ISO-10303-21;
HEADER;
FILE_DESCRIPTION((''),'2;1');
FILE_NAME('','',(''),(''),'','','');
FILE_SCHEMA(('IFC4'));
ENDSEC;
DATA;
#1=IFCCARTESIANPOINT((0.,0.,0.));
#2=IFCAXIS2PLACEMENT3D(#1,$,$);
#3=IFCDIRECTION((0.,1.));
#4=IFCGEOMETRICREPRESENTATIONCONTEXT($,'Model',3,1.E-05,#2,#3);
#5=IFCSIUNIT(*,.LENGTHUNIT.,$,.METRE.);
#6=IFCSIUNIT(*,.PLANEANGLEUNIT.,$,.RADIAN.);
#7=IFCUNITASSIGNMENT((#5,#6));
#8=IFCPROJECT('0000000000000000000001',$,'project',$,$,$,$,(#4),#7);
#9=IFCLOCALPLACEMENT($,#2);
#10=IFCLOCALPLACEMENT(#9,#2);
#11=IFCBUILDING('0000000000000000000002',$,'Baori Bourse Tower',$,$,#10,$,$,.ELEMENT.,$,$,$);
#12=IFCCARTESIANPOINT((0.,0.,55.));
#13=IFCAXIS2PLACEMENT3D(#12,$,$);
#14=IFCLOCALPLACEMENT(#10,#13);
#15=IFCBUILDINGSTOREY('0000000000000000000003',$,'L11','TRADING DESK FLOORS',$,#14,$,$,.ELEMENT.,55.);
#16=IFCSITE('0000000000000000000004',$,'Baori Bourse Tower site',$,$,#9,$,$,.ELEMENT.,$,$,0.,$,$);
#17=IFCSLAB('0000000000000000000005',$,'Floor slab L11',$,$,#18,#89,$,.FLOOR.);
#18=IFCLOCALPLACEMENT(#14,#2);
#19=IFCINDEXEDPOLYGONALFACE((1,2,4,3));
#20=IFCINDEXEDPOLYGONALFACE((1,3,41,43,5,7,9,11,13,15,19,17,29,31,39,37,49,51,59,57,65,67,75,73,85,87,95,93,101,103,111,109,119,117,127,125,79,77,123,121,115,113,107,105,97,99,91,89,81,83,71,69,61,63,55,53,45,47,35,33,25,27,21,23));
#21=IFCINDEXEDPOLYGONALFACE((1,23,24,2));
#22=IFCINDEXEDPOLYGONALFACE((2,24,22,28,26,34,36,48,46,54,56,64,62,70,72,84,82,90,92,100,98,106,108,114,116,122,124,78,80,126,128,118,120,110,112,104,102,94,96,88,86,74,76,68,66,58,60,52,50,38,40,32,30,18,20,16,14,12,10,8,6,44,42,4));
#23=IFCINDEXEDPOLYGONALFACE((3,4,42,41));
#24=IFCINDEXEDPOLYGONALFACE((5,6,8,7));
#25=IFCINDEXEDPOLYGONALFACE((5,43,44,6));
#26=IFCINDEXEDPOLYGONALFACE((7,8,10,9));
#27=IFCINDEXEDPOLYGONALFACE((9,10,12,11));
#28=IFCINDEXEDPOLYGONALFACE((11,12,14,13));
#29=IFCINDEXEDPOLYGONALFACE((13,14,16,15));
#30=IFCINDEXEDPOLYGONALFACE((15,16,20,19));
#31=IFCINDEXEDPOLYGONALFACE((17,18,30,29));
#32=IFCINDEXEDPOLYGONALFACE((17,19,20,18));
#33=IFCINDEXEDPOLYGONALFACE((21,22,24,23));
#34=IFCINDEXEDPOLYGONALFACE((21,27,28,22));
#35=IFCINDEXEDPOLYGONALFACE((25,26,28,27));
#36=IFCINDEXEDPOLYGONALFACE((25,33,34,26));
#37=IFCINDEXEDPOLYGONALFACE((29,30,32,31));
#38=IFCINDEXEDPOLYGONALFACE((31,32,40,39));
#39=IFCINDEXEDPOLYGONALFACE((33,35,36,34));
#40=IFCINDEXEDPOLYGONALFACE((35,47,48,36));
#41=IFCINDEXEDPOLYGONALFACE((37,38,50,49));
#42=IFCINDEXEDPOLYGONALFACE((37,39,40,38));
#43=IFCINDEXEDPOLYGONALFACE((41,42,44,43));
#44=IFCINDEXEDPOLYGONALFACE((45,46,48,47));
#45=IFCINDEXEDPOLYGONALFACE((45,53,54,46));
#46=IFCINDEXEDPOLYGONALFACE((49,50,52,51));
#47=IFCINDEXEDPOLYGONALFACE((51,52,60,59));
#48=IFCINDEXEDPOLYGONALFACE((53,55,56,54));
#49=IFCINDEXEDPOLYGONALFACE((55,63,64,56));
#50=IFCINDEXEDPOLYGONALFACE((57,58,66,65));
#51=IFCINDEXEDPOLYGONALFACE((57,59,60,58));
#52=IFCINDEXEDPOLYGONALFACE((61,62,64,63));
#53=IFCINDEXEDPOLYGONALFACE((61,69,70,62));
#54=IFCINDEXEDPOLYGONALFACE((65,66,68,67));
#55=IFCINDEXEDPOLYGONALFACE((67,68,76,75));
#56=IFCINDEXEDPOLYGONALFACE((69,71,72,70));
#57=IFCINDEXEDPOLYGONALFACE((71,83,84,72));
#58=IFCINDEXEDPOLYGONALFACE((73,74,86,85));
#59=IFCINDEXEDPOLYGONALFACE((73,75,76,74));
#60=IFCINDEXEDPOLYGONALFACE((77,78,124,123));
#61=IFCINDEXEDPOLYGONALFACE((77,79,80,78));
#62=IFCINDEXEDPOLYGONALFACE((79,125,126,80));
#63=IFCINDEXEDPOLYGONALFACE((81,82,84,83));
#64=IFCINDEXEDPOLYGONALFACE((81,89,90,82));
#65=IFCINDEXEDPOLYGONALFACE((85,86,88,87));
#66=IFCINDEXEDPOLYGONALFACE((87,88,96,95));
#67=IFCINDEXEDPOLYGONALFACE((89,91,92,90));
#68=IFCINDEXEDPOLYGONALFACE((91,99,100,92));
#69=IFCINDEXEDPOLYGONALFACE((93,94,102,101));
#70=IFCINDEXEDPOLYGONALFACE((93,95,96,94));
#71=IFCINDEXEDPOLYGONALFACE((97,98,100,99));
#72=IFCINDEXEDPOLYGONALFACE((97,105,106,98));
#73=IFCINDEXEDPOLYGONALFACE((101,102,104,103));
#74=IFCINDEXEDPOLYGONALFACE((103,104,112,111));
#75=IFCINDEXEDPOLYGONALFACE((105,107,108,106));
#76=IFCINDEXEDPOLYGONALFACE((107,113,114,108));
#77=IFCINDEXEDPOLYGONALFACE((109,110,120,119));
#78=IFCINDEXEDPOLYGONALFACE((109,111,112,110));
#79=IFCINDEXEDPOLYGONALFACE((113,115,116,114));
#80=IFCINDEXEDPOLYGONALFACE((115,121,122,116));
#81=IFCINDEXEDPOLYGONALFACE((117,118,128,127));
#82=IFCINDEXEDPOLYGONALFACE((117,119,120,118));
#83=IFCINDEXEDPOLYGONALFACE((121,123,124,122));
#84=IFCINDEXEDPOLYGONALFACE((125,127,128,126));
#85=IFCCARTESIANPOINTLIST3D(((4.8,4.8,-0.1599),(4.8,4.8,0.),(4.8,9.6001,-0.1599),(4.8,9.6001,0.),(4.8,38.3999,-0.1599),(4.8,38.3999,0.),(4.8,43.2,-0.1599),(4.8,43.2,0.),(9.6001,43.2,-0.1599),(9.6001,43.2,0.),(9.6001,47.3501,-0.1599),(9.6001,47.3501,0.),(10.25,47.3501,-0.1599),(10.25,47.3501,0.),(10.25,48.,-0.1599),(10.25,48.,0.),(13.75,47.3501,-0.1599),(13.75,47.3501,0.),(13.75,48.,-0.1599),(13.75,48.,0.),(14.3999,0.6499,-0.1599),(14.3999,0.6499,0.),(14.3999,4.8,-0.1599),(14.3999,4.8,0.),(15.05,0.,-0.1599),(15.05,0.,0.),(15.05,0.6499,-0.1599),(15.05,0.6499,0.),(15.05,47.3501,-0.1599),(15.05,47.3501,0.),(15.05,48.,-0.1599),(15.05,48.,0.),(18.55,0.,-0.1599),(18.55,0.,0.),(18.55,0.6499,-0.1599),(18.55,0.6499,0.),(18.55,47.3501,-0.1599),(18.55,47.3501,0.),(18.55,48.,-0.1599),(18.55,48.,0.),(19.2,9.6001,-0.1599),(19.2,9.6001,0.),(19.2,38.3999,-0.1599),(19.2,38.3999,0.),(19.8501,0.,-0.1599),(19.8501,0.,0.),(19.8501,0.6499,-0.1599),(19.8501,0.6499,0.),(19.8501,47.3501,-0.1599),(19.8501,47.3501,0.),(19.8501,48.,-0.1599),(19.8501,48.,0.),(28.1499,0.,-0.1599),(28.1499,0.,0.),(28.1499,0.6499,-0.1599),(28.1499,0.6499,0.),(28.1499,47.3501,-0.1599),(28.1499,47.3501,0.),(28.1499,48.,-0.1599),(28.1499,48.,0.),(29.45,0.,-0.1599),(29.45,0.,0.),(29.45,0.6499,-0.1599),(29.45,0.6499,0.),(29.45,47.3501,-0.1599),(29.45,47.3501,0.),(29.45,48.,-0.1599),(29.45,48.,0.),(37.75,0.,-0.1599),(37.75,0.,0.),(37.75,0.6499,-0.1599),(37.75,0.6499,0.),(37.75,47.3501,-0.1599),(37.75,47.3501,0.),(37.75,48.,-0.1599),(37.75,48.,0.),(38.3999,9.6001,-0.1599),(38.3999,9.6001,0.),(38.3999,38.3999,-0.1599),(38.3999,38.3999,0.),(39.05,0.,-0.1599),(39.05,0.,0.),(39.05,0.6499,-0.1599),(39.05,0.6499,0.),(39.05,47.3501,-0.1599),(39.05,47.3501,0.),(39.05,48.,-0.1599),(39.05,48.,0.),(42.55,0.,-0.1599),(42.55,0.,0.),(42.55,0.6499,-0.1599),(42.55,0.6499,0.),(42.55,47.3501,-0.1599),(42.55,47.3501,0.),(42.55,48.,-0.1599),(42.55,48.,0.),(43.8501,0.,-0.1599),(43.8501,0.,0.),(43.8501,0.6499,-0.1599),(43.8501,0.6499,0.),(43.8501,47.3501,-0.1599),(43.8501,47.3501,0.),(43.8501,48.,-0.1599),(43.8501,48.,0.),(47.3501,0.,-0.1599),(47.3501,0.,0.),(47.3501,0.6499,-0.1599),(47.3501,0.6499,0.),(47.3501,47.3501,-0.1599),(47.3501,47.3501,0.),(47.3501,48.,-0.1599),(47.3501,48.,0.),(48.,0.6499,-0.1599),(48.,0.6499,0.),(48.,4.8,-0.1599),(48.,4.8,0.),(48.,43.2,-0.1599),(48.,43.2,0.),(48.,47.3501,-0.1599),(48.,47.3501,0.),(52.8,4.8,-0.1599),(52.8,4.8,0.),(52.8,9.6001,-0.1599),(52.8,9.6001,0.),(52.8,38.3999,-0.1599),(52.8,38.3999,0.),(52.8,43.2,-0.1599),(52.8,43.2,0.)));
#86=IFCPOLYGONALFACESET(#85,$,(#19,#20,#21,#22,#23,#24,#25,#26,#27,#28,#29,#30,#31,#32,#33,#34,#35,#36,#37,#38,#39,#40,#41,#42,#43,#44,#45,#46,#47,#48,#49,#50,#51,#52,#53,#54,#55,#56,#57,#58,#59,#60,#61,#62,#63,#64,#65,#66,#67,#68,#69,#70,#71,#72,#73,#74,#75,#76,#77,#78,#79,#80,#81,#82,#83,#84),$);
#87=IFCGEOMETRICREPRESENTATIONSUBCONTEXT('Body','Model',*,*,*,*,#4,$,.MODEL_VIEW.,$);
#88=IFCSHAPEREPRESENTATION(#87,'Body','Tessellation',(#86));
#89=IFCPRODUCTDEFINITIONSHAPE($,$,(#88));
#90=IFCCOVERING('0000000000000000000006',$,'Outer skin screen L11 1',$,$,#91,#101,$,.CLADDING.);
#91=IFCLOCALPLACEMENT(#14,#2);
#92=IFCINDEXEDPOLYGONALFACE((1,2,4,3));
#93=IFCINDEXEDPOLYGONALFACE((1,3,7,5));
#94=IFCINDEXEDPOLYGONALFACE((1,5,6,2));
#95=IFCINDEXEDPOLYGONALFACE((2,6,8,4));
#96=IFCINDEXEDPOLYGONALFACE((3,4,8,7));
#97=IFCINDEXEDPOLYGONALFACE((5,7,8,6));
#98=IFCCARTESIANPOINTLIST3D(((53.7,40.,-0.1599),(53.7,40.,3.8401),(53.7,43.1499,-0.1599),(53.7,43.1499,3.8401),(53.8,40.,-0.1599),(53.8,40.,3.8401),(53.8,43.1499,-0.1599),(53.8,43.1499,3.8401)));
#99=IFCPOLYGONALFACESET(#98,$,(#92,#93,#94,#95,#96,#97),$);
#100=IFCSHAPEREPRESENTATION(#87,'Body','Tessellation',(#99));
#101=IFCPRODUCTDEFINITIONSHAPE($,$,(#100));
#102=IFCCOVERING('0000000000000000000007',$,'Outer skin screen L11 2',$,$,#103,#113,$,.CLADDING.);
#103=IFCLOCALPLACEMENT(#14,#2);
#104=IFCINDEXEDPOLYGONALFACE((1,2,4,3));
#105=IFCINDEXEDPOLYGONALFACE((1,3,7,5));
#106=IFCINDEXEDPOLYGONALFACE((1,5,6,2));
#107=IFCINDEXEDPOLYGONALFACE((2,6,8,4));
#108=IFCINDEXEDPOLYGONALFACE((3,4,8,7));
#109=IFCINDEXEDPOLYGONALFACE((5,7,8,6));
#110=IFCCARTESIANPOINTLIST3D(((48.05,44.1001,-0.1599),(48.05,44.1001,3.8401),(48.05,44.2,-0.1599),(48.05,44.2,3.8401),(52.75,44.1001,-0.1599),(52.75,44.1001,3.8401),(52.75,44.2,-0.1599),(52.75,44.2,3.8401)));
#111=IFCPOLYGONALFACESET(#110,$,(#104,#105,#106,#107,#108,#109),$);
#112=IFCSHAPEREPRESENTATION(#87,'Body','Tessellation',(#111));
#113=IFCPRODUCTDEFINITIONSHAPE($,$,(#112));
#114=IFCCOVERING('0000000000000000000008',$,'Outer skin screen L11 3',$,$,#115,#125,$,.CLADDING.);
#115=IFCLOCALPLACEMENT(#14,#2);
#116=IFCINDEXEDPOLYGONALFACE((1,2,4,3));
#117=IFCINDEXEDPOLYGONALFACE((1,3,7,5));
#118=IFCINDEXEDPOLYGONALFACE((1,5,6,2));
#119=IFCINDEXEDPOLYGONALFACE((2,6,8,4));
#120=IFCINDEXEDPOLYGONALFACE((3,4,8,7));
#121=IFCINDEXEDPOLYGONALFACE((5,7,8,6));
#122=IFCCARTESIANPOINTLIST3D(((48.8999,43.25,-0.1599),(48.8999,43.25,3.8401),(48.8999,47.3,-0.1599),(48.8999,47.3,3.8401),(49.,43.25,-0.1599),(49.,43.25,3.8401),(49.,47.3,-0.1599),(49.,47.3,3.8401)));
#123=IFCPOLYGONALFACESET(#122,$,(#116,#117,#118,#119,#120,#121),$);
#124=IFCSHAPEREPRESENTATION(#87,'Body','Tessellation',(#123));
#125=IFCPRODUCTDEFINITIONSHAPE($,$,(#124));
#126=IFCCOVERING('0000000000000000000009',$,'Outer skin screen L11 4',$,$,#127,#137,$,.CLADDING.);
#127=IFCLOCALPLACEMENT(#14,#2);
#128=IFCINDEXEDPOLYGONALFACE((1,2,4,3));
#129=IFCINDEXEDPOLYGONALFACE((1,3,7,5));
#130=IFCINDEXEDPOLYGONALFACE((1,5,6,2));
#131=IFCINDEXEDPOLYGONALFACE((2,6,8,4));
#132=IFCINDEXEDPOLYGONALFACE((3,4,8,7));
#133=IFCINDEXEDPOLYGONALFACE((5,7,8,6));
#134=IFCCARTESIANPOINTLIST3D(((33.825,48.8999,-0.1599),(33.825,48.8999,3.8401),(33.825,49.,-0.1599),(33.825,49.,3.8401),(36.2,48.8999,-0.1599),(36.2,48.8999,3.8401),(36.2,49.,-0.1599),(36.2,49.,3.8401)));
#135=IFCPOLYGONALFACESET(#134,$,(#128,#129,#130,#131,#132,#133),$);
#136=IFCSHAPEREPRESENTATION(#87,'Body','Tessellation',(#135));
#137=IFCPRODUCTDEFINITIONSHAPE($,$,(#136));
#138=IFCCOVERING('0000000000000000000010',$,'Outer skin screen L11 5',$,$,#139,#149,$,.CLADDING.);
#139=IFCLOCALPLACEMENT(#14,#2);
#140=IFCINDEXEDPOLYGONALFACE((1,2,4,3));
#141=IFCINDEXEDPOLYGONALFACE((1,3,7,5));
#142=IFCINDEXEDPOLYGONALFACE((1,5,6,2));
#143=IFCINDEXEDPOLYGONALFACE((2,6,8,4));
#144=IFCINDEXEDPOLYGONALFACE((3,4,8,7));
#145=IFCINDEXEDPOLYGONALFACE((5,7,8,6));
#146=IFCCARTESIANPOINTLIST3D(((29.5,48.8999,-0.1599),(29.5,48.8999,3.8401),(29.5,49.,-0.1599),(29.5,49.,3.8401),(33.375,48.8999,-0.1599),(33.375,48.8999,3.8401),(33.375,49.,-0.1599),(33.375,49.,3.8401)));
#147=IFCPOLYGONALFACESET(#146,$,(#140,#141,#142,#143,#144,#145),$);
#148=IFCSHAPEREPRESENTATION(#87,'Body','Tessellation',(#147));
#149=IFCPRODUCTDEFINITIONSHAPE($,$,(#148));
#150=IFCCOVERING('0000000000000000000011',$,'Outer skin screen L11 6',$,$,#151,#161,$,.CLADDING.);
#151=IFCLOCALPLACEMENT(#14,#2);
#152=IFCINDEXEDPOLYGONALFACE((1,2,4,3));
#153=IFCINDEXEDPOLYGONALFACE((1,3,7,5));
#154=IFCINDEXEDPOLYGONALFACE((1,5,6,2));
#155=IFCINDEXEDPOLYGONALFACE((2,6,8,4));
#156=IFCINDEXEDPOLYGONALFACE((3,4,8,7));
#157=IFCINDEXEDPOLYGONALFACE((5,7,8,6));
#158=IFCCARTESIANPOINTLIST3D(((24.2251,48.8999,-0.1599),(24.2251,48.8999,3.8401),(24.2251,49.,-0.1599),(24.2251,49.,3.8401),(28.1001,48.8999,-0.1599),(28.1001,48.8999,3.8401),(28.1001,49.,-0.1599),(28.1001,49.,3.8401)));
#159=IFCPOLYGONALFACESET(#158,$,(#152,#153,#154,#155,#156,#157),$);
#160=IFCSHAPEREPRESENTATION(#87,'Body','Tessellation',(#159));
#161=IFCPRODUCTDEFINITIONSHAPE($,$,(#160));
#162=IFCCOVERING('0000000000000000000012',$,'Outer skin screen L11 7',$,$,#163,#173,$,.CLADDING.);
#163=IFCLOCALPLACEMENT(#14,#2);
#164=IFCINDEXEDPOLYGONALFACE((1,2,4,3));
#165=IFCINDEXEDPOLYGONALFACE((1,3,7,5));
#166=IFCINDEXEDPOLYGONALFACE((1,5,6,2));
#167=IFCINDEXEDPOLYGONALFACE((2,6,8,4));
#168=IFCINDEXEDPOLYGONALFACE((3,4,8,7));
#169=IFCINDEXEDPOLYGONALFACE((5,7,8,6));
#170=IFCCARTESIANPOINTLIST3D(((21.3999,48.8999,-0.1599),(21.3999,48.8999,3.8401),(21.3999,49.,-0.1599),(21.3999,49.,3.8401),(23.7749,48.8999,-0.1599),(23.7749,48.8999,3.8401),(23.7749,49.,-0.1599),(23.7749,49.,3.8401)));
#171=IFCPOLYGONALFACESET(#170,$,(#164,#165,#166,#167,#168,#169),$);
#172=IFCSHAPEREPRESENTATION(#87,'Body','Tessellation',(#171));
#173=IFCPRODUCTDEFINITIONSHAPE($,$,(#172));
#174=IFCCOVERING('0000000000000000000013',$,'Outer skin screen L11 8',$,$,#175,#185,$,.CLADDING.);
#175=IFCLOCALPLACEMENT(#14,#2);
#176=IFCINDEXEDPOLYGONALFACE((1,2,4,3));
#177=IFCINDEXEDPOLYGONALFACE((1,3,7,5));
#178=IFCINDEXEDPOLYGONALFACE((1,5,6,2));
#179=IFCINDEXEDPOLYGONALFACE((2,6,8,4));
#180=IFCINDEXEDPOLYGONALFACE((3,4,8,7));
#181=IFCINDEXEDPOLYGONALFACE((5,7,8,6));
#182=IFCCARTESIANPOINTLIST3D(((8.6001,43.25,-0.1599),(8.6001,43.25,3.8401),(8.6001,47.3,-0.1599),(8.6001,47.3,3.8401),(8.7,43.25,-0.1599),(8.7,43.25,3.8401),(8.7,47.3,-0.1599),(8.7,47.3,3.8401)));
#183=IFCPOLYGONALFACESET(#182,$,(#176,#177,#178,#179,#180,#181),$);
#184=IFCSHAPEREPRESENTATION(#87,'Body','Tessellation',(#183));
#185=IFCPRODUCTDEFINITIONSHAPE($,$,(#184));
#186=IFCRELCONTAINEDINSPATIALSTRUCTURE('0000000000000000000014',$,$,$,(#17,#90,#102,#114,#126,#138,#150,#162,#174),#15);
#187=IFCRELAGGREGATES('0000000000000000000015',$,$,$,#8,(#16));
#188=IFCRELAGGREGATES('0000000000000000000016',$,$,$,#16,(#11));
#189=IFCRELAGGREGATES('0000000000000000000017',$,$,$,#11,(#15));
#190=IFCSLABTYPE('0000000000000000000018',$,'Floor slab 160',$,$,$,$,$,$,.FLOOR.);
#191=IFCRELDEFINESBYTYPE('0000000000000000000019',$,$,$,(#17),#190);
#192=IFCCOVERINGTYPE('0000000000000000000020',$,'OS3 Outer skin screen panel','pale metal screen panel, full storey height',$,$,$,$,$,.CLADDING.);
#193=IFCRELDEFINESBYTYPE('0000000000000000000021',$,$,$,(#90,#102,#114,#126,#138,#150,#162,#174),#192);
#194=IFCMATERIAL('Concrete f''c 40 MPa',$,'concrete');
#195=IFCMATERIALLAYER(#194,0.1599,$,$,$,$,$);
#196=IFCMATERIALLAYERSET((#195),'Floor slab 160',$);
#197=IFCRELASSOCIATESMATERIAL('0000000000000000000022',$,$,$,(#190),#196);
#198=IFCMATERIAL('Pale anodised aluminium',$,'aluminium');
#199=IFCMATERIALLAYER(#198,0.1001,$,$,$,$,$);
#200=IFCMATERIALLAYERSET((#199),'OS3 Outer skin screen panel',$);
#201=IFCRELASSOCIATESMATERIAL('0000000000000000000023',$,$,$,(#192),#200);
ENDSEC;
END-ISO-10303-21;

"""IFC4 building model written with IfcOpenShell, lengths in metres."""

from ifc_helpers import new_model, si_unit, direction, frame, origin, place, context, subcontext, project, spatial, polyline, outline, extrude, material, layer, layer_set, type_object, element, save


model = new_model("IFC4")

# Units and contexts
model_context = context("Model", 3, precision=1e-05, world=origin(), true_north=direction((0.0, 1.0)))
body_context = subcontext(model_context, "Body", "Model", "MODEL_VIEW")
ifc_project = project(units=[si_unit("LENGTHUNIT", "METRE"), si_unit("PLANEANGLEUNIT", "RADIAN")], contexts=[model_context])

# Site, building, storey
site_placement = place(None, origin())
site = spatial("IfcSite", under=ifc_project, at=site_placement, Name="Baori Bourse Tower site", CompositionType="ELEMENT", RefElevation=0.0)
building_placement = place(site_placement, origin())
building = spatial("IfcBuilding", under=site, at=building_placement, Name="Baori Bourse Tower", CompositionType="ELEMENT")
storey_placement = place(building_placement, frame((0.0, 0.0, 55.0)))
storey = spatial("IfcBuildingStorey", under=building, at=storey_placement, Name="L11", Description="TRADING DESK FLOORS", CompositionType="ELEMENT", Elevation=55.0)

# Slab
ifc_material_1 = material(Name="Concrete f'c 40 MPa", Category="concrete")
ifc_layer_1 = layer(ifc_material_1, 0.1599)
ifc_layer_set_1 = layer_set([ifc_layer_1], Name="Floor slab 160")
slab_type_1 = type_object("IfcSlabType", Name="Floor slab 160", PredefinedType="FLOOR", material=ifc_layer_set_1)
slab_1_placement = place(storey_placement, frame((0.0, 0.0, -0.1599)))
element("IfcSlab", 1, at=slab_1_placement, inside=storey, type_object=slab_type_1, Name="Floor slab L11", PredefinedType="FLOOR", context=body_context, shape_type="SweptSolid", body=[
    extrude(outline(polyline([(14.3999, 4.8), (4.8, 4.8), (4.8, 9.6001), (19.2, 9.6001), (19.2, 38.3999), (4.8, 38.3999), (4.8, 43.2), (9.6001, 43.2), (9.6001, 47.3501), (10.25, 47.3501), (10.25, 48.0), (13.75, 48.0), (13.75, 47.3501), (15.05, 47.3501), (15.05, 48.0), (18.55, 48.0), (18.55, 47.3501), (19.8501, 47.3501), (19.8501, 48.0), (28.1499, 48.0), (28.1499, 47.3501), (29.45, 47.3501), (29.45, 48.0), (37.75, 48.0), (37.75, 47.3501), (39.05, 47.3501), (39.05, 48.0), (42.55, 48.0), (42.55, 47.3501), (43.8501, 47.3501), (43.8501, 48.0), (47.3501, 48.0), (47.3501, 47.3501), (48.0, 47.3501), (48.0, 43.2), (52.8, 43.2), (52.8, 38.3999), (38.3999, 38.3999), (38.3999, 9.6001), (52.8, 9.6001), (52.8, 4.8), (48.0, 4.8), (48.0, 0.6499), (47.3501, 0.6499), (47.3501, 0.0), (43.8501, 0.0), (43.8501, 0.6499), (42.55, 0.6499), (42.55, 0.0), (39.05, 0.0), (39.05, 0.6499), (37.75, 0.6499), (37.75, 0.0), (29.45, 0.0), (29.45, 0.6499), (28.1499, 0.6499), (28.1499, 0.0), (19.8501, 0.0), (19.8501, 0.6499), (18.55, 0.6499), (18.55, 0.0), (15.05, 0.0), (15.05, 0.6499), (14.3999, 0.6499), (14.3999, 4.8)])), origin(), (0.0, 0.0, 1.0), 0.1599),
])

# Coverings
ifc_material_2 = material(Name="Pale anodised aluminium", Category="aluminium")
ifc_layer_2 = layer(ifc_material_2, 0.1001)
ifc_layer_set_2 = layer_set([ifc_layer_2], Name="OS3 Outer skin screen panel")
covering_type = type_object("IfcCoveringType", Name="OS3 Outer skin screen panel", Description="pale metal screen panel, full storey height", PredefinedType="CLADDING", material=ifc_layer_set_2)
covering_1_placement = place(storey_placement, frame((0.0, 0.0, -0.1599)))
element("IfcCovering", 2, at=covering_1_placement, inside=storey, type_object=covering_type, Name="Outer skin screen L11 1", PredefinedType="CLADDING", context=body_context, shape_type="SweptSolid", body=[
    extrude(outline(polyline([(53.7, 43.1499), (53.7, 40.0), (53.8, 40.0), (53.8, 43.1499), (53.7, 43.1499)])), origin(), (0.0, 0.0, 1.0), 4.0),
])
covering_2_placement = place(storey_placement, frame((0.0, 0.0, -0.1599)))
element("IfcCovering", 3, at=covering_2_placement, inside=storey, type_object=covering_type, Name="Outer skin screen L11 2", PredefinedType="CLADDING", context=body_context, shape_type="SweptSolid", body=[
    extrude(outline(polyline([(48.05, 44.1001), (52.75, 44.1001), (52.75, 44.2), (48.05, 44.2), (48.05, 44.1001)])), origin(), (0.0, 0.0, 1.0), 4.0),
])
covering_3_placement = place(storey_placement, frame((0.0, 0.0, -0.1599)))
element("IfcCovering", 4, at=covering_3_placement, inside=storey, type_object=covering_type, Name="Outer skin screen L11 3", PredefinedType="CLADDING", context=body_context, shape_type="SweptSolid", body=[
    extrude(outline(polyline([(48.8999, 47.3), (48.8999, 43.25), (49.0, 43.25), (49.0, 47.3), (48.8999, 47.3)])), origin(), (0.0, 0.0, 1.0), 4.0),
])
covering_4_placement = place(storey_placement, frame((0.0, 0.0, -0.1599)))
element("IfcCovering", 5, at=covering_4_placement, inside=storey, type_object=covering_type, Name="Outer skin screen L11 4", PredefinedType="CLADDING", context=body_context, shape_type="SweptSolid", body=[
    extrude(outline(polyline([(33.825, 48.8999), (36.2, 48.8999), (36.2, 49.0), (33.825, 49.0), (33.825, 48.8999)])), origin(), (0.0, 0.0, 1.0), 4.0),
])
covering_5_placement = place(storey_placement, frame((0.0, 0.0, -0.1599)))
element("IfcCovering", 6, at=covering_5_placement, inside=storey, type_object=covering_type, Name="Outer skin screen L11 5", PredefinedType="CLADDING", context=body_context, shape_type="SweptSolid", body=[
    extrude(outline(polyline([(29.5, 48.8999), (33.375, 48.8999), (33.375, 49.0), (29.5, 49.0), (29.5, 48.8999)])), origin(), (0.0, 0.0, 1.0), 4.0),
])
covering_6_placement = place(storey_placement, frame((0.0, 0.0, -0.1599)))
element("IfcCovering", 7, at=covering_6_placement, inside=storey, type_object=covering_type, Name="Outer skin screen L11 6", PredefinedType="CLADDING", context=body_context, shape_type="SweptSolid", body=[
    extrude(outline(polyline([(24.2251, 48.8999), (28.1001, 48.8999), (28.1001, 49.0), (24.2251, 49.0), (24.2251, 48.8999)])), origin(), (0.0, 0.0, 1.0), 4.0),
])
covering_7_placement = place(storey_placement, frame((0.0, 0.0, -0.1599)))
element("IfcCovering", 8, at=covering_7_placement, inside=storey, type_object=covering_type, Name="Outer skin screen L11 7", PredefinedType="CLADDING", context=body_context, shape_type="SweptSolid", body=[
    extrude(outline(polyline([(21.3999, 48.8999), (23.7749, 48.8999), (23.7749, 49.0), (21.3999, 49.0), (21.3999, 48.8999)])), origin(), (0.0, 0.0, 1.0), 4.0),
])
covering_8_placement = place(storey_placement, frame((0.0, 0.0, -0.1599)))
element("IfcCovering", 9, at=covering_8_placement, inside=storey, type_object=covering_type, Name="Outer skin screen L11 8", PredefinedType="CLADDING", context=body_context, shape_type="SweptSolid", body=[
    extrude(outline(polyline([(8.7, 43.25), (8.7, 47.3), (8.6001, 47.3), (8.6001, 43.25), (8.7, 43.25)])), origin(), (0.0, 0.0, 1.0), 4.0),
])

save(model, "model.ifc")
